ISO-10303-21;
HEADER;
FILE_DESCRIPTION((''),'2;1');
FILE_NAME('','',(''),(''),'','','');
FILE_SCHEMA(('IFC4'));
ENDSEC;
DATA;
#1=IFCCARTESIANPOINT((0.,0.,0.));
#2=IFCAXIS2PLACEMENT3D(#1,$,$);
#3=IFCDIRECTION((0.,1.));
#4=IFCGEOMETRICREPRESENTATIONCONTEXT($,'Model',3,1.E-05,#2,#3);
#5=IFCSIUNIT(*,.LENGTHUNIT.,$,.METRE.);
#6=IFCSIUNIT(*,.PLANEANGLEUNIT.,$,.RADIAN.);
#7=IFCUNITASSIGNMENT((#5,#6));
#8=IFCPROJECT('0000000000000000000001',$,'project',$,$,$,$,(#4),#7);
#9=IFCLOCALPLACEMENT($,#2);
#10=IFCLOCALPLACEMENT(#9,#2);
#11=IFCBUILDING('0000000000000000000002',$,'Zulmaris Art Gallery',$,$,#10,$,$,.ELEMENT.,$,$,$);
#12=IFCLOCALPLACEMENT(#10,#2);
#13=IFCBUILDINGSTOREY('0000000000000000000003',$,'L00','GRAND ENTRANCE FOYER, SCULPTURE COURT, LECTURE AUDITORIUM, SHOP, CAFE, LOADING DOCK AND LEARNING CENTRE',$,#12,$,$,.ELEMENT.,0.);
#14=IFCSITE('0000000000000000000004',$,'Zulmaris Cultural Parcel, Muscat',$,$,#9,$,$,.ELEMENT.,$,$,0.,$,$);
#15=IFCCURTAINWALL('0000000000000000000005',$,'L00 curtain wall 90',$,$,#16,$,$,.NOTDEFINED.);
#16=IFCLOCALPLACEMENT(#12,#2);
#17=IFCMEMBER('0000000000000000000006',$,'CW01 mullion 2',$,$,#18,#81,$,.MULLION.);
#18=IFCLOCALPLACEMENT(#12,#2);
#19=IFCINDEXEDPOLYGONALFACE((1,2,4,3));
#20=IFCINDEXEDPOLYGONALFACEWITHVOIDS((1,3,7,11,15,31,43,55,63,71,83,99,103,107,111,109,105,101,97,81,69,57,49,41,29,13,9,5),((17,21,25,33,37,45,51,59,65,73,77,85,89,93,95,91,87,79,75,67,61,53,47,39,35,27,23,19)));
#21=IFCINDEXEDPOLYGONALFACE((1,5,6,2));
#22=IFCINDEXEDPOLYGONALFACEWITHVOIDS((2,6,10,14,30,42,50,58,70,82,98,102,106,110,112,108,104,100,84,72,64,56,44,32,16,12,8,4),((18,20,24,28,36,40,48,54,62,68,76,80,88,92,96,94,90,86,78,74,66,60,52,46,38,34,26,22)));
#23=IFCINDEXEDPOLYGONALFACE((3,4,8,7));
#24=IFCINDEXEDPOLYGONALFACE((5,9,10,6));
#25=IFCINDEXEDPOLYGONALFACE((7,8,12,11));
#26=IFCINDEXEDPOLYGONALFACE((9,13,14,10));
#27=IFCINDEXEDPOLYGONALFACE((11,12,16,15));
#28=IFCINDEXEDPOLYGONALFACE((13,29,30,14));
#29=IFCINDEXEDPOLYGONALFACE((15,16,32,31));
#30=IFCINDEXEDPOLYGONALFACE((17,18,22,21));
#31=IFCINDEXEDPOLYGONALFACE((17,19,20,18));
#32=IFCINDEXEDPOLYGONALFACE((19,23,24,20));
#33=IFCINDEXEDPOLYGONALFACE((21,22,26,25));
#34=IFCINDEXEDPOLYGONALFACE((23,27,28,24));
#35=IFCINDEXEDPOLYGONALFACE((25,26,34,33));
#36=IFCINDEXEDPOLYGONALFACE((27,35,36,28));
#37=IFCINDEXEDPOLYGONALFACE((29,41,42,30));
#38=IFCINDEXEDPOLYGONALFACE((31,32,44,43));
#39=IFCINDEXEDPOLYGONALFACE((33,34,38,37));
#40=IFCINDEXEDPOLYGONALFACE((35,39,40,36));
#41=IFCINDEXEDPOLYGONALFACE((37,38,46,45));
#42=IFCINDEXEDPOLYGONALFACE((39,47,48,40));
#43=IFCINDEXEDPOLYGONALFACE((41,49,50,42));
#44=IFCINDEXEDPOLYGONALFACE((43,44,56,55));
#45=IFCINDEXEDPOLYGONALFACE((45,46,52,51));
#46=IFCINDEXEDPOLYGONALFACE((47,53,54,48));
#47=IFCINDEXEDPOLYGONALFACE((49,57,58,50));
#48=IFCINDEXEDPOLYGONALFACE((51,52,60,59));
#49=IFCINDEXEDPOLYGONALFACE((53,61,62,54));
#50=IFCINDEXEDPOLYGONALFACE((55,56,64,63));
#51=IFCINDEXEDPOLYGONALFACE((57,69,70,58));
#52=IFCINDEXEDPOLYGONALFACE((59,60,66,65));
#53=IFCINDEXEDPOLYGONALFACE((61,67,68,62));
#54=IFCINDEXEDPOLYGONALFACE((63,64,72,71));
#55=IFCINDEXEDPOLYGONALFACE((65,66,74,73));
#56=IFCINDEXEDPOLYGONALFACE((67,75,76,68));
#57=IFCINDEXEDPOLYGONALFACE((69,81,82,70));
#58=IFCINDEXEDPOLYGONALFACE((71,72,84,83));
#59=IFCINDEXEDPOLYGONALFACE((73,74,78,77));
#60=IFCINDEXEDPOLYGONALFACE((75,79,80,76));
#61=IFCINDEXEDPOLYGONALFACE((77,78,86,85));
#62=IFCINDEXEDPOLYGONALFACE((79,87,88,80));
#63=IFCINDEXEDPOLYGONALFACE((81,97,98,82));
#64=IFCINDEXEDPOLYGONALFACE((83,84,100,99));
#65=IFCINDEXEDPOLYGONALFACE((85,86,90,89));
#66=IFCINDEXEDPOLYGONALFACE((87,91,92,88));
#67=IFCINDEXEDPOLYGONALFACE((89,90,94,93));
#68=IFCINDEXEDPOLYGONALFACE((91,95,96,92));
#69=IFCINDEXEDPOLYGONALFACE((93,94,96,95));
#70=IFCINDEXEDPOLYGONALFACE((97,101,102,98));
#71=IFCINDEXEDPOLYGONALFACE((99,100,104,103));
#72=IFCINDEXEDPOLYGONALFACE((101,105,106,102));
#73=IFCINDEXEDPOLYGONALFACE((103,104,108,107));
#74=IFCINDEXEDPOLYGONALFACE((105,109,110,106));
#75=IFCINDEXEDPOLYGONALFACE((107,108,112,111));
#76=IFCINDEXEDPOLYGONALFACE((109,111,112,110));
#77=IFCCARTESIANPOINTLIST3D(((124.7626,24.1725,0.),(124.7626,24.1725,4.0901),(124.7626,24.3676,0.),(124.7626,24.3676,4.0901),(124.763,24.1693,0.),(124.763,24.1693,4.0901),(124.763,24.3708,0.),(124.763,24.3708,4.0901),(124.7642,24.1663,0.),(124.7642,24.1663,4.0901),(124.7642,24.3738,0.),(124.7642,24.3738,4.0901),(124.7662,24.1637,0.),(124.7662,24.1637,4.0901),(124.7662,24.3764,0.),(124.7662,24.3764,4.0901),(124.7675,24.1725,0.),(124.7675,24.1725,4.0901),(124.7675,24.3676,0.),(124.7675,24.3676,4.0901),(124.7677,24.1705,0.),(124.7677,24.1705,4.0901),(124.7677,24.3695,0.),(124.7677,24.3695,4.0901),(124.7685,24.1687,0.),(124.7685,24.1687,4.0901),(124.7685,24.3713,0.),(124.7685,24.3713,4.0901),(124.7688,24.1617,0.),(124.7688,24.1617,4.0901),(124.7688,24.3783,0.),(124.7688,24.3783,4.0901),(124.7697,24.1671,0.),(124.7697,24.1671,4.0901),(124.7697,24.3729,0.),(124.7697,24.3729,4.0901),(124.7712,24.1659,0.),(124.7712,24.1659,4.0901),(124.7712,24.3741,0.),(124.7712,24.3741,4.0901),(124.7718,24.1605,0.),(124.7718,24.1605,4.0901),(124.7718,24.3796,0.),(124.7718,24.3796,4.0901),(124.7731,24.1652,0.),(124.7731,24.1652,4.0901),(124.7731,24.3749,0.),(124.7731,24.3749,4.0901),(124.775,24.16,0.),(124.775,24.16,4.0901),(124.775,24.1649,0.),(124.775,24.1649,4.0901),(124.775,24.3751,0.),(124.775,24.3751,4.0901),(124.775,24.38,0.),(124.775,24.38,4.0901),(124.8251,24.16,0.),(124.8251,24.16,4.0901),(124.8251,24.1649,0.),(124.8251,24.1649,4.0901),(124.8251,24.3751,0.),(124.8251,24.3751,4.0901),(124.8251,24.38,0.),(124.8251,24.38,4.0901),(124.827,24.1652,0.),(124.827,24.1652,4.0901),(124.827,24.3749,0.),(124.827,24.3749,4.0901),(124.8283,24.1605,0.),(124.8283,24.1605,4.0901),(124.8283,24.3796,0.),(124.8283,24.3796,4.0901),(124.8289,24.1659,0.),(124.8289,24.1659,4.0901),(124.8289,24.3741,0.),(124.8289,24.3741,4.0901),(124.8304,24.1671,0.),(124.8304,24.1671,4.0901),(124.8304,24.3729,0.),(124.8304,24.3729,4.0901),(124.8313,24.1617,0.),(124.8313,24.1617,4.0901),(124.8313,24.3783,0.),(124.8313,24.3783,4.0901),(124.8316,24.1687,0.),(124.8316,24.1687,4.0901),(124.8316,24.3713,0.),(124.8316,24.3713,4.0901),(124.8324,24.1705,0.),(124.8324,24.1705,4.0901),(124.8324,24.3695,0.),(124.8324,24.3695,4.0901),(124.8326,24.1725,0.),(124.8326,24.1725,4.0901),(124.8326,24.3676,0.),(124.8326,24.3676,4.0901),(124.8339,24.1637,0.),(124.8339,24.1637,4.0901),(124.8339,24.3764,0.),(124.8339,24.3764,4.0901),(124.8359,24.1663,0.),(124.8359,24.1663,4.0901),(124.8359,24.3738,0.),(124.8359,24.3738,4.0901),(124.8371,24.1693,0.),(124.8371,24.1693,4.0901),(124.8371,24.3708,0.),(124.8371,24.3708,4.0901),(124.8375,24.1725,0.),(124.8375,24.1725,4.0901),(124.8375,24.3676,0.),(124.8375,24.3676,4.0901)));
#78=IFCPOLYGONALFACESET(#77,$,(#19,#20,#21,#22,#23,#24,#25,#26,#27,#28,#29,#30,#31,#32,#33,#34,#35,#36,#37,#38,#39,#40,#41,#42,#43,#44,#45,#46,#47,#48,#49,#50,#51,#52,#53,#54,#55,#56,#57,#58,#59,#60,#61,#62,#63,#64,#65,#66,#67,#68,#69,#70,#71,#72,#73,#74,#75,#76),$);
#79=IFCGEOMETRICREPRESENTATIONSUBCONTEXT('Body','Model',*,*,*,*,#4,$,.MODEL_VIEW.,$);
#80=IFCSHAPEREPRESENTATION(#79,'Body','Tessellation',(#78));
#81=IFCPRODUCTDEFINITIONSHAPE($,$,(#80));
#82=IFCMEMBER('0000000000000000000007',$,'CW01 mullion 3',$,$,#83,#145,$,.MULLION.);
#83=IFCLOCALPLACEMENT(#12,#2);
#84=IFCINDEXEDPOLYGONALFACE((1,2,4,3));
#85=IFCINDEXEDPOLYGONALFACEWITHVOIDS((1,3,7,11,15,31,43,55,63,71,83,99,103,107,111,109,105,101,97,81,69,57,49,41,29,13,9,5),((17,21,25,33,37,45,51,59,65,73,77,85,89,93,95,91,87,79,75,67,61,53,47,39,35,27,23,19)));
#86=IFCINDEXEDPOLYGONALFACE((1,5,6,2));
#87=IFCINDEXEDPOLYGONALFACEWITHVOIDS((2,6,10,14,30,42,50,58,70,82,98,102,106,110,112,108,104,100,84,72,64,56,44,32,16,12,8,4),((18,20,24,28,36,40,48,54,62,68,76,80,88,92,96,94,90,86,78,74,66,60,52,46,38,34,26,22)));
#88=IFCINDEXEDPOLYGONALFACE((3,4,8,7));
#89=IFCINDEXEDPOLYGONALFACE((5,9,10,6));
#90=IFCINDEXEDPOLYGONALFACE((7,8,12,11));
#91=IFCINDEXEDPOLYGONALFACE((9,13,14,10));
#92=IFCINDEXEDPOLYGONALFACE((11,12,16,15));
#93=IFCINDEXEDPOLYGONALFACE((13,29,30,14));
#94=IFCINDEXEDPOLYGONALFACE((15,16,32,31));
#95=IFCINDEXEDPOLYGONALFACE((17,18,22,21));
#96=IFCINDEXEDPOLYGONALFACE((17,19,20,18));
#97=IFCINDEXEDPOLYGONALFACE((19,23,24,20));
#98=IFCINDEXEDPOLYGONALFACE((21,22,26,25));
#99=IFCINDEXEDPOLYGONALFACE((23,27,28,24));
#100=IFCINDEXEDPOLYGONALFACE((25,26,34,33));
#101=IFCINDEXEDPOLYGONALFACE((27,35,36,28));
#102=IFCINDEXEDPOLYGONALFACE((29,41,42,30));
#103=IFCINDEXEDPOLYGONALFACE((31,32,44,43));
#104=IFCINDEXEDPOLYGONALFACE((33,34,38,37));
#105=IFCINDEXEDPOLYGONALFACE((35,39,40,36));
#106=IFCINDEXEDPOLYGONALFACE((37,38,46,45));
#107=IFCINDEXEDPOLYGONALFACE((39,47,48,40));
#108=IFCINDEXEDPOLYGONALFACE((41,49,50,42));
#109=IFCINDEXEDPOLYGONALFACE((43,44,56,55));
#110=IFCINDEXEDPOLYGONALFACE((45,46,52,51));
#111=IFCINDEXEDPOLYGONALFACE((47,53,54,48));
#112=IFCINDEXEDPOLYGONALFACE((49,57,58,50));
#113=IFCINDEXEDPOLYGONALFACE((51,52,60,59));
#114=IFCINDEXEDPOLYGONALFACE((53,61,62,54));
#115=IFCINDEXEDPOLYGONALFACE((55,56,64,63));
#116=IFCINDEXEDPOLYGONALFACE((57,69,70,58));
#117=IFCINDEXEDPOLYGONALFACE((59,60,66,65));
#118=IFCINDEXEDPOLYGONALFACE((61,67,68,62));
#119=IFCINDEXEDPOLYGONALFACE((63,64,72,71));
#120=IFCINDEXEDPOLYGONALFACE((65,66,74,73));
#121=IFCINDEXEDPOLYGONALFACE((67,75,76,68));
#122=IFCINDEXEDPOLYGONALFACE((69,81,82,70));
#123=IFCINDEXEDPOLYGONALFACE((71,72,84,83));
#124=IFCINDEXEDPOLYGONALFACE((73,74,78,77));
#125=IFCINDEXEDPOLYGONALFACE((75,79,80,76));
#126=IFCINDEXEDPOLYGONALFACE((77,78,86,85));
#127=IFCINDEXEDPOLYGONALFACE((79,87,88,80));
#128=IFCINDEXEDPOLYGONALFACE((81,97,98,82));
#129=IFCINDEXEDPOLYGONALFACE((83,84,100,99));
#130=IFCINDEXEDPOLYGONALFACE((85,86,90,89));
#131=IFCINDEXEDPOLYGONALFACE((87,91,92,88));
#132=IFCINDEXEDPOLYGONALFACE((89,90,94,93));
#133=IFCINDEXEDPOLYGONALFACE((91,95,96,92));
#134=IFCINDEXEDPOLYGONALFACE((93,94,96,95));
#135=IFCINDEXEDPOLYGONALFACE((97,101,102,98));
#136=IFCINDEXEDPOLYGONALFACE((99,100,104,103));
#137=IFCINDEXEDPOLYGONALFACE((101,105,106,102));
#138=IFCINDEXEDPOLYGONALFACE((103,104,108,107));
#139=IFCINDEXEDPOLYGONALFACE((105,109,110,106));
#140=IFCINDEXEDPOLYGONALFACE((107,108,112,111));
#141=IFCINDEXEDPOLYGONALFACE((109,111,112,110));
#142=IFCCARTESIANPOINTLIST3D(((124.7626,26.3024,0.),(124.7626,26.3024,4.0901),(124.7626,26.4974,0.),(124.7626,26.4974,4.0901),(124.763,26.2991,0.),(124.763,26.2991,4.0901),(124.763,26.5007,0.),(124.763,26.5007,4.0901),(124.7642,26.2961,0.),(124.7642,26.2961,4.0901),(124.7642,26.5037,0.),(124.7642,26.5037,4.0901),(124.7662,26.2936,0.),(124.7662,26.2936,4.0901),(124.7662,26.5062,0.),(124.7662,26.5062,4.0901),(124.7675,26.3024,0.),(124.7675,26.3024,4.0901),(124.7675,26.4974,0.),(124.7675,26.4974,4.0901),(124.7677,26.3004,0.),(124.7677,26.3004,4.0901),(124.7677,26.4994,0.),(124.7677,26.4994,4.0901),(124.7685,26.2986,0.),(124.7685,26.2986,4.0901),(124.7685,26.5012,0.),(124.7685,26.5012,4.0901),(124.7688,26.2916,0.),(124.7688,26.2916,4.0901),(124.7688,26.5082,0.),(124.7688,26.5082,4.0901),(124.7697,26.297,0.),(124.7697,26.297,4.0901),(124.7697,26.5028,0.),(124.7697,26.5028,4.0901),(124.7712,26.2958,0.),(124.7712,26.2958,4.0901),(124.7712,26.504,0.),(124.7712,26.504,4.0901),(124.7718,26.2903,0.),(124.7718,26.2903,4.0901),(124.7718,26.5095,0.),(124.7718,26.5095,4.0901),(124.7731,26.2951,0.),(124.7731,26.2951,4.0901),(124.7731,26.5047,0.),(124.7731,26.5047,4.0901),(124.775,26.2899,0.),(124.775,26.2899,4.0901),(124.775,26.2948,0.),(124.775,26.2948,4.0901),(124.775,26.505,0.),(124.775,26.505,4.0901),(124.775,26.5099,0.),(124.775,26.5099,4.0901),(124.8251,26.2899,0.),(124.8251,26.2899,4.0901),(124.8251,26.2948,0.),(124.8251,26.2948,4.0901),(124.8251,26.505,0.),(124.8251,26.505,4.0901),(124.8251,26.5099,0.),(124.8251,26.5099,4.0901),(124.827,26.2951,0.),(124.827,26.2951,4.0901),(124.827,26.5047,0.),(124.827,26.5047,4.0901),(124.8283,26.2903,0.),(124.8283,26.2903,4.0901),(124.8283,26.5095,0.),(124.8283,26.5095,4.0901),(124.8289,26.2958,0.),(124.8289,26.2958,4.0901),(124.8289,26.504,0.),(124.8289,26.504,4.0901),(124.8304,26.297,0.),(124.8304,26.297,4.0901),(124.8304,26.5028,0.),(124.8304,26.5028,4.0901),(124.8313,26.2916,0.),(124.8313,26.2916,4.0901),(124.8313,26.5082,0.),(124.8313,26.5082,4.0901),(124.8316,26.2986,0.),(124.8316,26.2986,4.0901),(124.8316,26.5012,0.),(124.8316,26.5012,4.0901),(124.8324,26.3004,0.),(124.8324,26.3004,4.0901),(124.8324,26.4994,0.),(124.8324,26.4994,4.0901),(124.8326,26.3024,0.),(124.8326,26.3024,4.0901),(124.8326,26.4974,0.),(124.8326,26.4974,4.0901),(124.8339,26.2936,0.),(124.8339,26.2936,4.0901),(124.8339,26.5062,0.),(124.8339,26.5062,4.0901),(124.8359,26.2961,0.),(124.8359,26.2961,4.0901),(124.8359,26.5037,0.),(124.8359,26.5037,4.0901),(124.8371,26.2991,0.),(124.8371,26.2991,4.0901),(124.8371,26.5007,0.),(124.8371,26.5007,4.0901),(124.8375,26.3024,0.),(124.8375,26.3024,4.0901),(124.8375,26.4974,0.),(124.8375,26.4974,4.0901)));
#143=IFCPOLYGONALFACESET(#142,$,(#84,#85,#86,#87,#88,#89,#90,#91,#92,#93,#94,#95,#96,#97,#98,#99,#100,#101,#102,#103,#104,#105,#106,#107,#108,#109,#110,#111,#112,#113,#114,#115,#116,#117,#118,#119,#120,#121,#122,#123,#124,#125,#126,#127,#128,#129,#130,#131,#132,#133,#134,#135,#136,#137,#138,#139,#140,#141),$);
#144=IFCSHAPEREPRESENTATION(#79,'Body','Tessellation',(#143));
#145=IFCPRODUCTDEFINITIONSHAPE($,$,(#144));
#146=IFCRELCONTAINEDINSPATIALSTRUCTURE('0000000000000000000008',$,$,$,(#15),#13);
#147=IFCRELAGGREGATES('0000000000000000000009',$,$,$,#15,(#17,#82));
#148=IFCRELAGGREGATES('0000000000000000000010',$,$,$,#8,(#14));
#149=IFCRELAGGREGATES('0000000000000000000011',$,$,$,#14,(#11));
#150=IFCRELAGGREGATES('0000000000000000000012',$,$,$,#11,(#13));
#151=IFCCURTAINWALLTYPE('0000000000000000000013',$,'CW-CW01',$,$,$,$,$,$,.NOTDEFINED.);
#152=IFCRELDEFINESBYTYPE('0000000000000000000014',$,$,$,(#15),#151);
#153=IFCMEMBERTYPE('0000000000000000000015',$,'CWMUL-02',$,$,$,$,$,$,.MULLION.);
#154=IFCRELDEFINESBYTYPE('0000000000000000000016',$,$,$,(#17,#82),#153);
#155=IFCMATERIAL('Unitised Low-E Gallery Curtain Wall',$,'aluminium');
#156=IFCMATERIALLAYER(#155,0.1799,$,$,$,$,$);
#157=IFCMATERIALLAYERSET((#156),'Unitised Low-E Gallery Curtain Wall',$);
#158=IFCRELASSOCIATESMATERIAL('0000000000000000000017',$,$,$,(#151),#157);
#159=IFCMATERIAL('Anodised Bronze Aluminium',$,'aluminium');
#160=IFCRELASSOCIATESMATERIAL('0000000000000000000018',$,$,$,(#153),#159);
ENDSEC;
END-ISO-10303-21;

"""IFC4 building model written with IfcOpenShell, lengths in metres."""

from ifc_helpers import new_model, si_unit, direction, frame, origin, origin_2d, place, context, subcontext, project, spatial, hollow_rectangle, extrude, material, layer, layer_set, material_profile, profile_set, type_object, element, aggregate, save


model = new_model("IFC4")

# Units and contexts
model_context = context("Model", 3, precision=1e-05, world=origin(), true_north=direction((0.0, 1.0)))
body_context = subcontext(model_context, "Body", "Model", "MODEL_VIEW")
ifc_project = project(units=[si_unit("LENGTHUNIT", "METRE"), si_unit("PLANEANGLEUNIT", "RADIAN")], contexts=[model_context])

# Site, building, storey
site_placement = place(None, origin())
site = spatial("IfcSite", under=ifc_project, at=site_placement, Name="Zulmaris Cultural Parcel, Muscat", CompositionType="ELEMENT", RefElevation=0.0)
building_placement = place(site_placement, origin())
building = spatial("IfcBuilding", under=site, at=building_placement, Name="Zulmaris Art Gallery", CompositionType="ELEMENT")
storey_placement = place(building_placement, origin())
storey = spatial("IfcBuildingStorey", under=building, at=storey_placement, Name="L00", Description="GRAND ENTRANCE FOYER, SCULPTURE COURT, LECTURE AUDITORIUM, SHOP, CAFE, LOADING DOCK AND LEARNING CENTRE", CompositionType="ELEMENT", Elevation=0.0)

# Curtain wall, members
ifc_material_1 = material(Name="Unitised Low-E Gallery Curtain Wall", Category="aluminium")
ifc_layer_1 = layer(ifc_material_1, 0.1799)
ifc_layer_set_1 = layer_set([ifc_layer_1], Name="Unitised Low-E Gallery Curtain Wall")
curtain_wall_type_1 = type_object("IfcCurtainWallType", Name="CW-CW01", PredefinedType="NOTDEFINED", material=ifc_layer_set_1)
curtain_wall_1_placement = place(storey_placement, origin())
curtain_wall_1 = element("IfcCurtainWall", 1, at=curtain_wall_1_placement, inside=storey, type_object=curtain_wall_type_1, Name="L00 curtain wall 90", PredefinedType="NOTDEFINED")
ifc_material_2 = material(Name="Anodised Bronze Aluminium", Category="aluminium")
ifc_material_profile_1 = material_profile(ifc_material_2, hollow_rectangle(XDim=0.075, YDim=0.22, WallThickness=0.0049, InnerFilletRadius=0.0076, OuterFilletRadius=0.0125, at=origin_2d()), Name="ALU 75x220x5")
ifc_profile_set_1 = profile_set([ifc_material_profile_1], Name="Anodised Bronze Aluminium")
member_type_1 = type_object("IfcMemberType", Name="CWMUL-02", PredefinedType="MULLION", material=ifc_profile_set_1)
member_1_placement = place(storey_placement, frame((124.8, 24.27, 0.0), z_axis=(0.0, 0.0, 1.0), x_axis=(-1.0, 0.0, 0.0)))
member_1 = element("IfcMember", 2, at=member_1_placement, type_object=member_type_1, Name="CW01 mullion 2", PredefinedType="MULLION", context=body_context, shape_type="SweptSolid", body=[
    extrude(hollow_rectangle(XDim=0.075, YDim=0.22, WallThickness=0.0049, InnerFilletRadius=0.0076, OuterFilletRadius=0.0125, at=origin_2d()), origin(), (0.0, 0.0, 1.0), 4.0901),
])
member_2_placement = place(storey_placement, frame((124.8, 26.3999, 0.0), z_axis=(0.0, 0.0, 1.0), x_axis=(-1.0, 0.0, 0.0)))
member_2 = element("IfcMember", 3, at=member_2_placement, type_object=member_type_1, Name="CW01 mullion 3", PredefinedType="MULLION", context=body_context, shape_type="SweptSolid", body=[
    extrude(hollow_rectangle(XDim=0.075, YDim=0.22, WallThickness=0.0049, InnerFilletRadius=0.0076, OuterFilletRadius=0.0125, at=origin_2d()), origin(), (0.0, 0.0, 1.0), 4.0901),
])

aggregate(curtain_wall_1, [member_1, member_2])

save(model, "model.ifc")
